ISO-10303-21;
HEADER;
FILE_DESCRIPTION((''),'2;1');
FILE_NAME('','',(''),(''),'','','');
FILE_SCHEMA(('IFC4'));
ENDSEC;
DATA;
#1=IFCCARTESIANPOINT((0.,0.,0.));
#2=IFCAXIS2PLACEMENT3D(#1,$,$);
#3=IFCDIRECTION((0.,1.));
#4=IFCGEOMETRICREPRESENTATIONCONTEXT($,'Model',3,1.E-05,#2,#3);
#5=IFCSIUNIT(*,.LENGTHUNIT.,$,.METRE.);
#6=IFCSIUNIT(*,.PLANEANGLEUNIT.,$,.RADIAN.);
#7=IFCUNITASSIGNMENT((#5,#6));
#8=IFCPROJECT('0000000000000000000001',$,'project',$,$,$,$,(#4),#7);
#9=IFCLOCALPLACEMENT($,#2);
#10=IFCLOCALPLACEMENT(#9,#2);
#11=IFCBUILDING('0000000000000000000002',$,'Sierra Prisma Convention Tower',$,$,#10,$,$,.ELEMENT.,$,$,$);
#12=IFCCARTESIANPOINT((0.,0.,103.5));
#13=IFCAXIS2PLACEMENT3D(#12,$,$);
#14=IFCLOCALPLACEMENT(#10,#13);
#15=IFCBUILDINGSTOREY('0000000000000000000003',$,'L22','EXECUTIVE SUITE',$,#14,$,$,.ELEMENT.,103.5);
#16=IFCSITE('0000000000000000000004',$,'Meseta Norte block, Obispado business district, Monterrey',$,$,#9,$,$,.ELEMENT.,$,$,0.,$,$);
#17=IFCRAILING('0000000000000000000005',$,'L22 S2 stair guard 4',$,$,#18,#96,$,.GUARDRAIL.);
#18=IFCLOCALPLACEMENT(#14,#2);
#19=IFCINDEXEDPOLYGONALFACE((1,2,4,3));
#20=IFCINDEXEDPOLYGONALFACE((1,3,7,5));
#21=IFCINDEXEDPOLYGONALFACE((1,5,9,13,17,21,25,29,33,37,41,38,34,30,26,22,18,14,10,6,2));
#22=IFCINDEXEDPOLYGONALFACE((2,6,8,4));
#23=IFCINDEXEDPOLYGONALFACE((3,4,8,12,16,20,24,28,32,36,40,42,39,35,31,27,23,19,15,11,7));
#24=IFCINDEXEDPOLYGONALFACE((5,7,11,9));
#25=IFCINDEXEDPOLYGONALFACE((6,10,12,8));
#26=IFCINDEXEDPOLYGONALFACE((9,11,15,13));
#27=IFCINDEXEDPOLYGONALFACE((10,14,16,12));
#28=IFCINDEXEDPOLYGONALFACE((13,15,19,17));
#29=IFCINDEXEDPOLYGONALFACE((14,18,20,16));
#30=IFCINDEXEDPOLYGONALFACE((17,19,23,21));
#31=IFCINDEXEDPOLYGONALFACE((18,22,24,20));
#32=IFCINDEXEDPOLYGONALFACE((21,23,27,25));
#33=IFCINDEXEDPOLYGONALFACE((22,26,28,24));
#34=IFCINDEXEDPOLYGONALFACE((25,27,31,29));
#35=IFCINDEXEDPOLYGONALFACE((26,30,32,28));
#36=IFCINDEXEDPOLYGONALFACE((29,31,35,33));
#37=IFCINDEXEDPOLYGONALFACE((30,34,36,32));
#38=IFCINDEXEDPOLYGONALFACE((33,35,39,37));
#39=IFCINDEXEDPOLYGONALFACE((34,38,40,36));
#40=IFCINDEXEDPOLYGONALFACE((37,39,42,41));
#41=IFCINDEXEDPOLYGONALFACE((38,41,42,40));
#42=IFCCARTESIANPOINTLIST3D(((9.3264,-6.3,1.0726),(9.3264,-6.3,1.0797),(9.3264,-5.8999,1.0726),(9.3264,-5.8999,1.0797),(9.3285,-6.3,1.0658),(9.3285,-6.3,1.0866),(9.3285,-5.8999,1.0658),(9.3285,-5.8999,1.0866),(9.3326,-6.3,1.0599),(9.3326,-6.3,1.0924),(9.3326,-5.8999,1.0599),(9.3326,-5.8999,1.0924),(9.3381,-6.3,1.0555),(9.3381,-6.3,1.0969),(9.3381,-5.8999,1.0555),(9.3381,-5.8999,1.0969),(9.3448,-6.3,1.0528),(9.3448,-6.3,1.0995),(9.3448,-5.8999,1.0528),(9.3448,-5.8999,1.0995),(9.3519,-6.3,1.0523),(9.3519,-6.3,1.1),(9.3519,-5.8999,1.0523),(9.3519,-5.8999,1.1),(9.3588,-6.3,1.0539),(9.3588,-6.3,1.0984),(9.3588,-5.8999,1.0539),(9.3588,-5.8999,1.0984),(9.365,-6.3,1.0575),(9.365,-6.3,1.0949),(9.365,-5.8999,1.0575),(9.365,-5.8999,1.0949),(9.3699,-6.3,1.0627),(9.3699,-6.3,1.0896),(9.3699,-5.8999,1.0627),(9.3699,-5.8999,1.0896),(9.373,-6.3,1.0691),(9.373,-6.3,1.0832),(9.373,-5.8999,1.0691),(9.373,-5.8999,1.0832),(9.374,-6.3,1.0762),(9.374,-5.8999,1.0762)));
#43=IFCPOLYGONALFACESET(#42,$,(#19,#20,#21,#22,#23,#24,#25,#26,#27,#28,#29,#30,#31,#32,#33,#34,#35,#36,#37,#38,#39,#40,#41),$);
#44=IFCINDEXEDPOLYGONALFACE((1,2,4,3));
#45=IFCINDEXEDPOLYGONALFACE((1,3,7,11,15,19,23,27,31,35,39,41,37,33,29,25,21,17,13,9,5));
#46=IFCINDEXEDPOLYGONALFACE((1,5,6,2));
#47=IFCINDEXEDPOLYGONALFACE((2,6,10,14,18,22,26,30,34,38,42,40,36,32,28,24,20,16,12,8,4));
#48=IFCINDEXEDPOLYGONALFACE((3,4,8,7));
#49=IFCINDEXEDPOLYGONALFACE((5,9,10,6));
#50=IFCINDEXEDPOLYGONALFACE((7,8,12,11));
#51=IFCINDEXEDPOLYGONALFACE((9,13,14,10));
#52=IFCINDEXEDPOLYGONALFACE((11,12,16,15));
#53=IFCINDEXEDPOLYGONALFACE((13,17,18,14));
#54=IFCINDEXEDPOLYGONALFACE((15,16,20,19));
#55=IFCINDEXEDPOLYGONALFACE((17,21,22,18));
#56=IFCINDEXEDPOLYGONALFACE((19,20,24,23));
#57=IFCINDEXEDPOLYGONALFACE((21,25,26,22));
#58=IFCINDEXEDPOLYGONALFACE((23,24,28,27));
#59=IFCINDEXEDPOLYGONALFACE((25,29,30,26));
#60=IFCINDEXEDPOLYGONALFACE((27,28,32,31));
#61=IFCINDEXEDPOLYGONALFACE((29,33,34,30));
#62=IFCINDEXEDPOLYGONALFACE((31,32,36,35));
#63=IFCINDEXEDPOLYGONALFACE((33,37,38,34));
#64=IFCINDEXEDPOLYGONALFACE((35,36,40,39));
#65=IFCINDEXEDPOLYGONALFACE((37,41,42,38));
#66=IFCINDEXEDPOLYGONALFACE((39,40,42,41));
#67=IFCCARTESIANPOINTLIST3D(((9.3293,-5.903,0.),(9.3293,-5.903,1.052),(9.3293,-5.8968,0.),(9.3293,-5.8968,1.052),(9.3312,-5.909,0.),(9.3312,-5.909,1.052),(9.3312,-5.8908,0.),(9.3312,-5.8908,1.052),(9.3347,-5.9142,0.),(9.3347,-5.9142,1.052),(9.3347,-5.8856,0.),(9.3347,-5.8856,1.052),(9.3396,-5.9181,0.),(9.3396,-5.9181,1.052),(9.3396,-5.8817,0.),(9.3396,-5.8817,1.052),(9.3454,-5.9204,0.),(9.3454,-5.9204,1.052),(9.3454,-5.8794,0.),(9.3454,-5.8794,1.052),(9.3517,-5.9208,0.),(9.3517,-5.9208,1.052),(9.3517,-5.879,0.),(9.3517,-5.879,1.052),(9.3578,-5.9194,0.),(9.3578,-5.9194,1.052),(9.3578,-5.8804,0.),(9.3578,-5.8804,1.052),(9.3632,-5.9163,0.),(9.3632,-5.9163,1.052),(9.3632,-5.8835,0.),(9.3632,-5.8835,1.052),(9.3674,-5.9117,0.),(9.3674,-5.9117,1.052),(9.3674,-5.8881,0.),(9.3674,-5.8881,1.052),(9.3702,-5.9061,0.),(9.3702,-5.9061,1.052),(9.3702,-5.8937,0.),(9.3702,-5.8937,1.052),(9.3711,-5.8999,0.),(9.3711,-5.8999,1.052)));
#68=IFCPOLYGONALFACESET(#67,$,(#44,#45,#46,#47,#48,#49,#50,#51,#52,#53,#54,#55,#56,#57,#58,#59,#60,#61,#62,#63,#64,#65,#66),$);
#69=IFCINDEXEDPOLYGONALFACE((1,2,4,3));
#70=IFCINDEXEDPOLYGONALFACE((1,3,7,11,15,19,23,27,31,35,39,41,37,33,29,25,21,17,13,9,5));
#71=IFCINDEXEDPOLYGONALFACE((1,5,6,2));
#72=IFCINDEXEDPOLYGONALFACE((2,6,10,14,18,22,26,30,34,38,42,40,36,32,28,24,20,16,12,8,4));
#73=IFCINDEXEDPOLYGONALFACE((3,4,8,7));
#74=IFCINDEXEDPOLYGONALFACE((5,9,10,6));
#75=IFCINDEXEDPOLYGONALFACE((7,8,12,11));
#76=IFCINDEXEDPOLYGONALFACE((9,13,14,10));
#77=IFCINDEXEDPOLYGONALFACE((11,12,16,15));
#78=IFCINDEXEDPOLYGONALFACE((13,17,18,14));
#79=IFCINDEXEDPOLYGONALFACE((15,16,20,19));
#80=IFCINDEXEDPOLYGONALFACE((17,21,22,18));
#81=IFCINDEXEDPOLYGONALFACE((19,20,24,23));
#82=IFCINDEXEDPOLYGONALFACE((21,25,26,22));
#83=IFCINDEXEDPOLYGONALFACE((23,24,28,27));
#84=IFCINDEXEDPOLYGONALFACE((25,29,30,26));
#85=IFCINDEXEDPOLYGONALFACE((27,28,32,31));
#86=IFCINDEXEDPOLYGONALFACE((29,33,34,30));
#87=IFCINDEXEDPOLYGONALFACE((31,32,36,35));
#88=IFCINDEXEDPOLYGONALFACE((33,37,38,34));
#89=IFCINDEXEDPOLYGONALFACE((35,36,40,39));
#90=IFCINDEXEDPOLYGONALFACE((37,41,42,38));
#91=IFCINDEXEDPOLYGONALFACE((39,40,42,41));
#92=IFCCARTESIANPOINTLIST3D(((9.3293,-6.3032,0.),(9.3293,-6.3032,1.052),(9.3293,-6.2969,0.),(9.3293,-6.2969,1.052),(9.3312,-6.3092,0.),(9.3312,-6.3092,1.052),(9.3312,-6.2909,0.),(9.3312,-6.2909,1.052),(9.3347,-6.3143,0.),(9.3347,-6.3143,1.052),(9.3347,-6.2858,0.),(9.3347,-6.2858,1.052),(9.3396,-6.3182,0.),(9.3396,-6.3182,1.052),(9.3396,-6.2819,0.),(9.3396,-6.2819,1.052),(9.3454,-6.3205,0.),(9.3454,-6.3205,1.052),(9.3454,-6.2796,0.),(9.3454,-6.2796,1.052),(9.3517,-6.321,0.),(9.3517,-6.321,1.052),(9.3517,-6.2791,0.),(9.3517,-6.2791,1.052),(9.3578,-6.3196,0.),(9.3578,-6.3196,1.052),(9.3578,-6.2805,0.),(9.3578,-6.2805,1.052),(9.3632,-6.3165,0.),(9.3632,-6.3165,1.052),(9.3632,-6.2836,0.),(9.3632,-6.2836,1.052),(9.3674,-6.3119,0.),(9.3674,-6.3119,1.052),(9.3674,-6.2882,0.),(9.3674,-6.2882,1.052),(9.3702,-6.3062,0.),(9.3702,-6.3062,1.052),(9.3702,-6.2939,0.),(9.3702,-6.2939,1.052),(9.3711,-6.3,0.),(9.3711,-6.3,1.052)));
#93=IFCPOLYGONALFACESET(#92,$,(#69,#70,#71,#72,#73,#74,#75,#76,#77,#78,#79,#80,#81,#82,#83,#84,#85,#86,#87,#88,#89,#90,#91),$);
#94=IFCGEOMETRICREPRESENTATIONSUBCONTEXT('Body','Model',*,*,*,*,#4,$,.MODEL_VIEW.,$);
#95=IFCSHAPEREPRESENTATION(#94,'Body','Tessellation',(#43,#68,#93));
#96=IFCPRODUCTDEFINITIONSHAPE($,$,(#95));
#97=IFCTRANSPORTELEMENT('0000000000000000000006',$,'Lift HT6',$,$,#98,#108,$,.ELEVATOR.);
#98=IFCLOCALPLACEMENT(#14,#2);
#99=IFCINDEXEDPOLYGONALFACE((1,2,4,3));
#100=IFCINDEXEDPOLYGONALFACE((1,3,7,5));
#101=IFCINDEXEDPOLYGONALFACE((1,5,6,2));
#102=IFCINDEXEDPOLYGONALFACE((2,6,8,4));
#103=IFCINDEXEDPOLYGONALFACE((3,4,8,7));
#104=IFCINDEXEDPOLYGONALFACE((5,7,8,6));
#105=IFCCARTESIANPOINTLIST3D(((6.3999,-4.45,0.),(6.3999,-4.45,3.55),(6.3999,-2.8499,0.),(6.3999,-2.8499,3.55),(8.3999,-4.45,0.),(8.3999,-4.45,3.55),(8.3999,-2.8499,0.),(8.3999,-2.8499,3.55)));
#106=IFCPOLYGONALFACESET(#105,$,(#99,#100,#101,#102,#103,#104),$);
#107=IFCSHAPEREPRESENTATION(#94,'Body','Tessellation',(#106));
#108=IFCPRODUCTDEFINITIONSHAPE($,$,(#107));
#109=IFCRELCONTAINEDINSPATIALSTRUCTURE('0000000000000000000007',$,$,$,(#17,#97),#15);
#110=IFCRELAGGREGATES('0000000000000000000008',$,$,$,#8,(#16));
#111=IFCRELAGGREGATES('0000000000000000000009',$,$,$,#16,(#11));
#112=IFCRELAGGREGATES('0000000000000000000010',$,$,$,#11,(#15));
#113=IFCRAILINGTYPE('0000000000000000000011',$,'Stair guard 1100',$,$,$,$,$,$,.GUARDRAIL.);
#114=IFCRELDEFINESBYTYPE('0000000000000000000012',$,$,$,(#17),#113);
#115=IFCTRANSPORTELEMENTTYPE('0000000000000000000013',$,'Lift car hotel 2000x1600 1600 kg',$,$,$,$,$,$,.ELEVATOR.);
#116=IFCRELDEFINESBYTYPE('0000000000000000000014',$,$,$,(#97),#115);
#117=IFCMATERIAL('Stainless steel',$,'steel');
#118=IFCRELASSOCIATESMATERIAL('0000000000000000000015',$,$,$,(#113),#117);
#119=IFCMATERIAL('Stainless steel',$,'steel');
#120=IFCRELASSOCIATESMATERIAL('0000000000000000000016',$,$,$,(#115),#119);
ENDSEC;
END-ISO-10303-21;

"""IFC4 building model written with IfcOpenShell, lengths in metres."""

from ifc_helpers import new_model, si_unit, direction, frame, origin, origin_2d, place, context, subcontext, project, spatial, rectangle, circle, extrude, material, type_object, element, save


model = new_model("IFC4")

# Units and contexts
model_context = context("Model", 3, precision=1e-05, world=origin(), true_north=direction((0.0, 1.0)))
body_context = subcontext(model_context, "Body", "Model", "MODEL_VIEW")
ifc_project = project(units=[si_unit("LENGTHUNIT", "METRE"), si_unit("PLANEANGLEUNIT", "RADIAN")], contexts=[model_context])

# Site, building, storey
site_placement = place(None, origin())
site = spatial("IfcSite", under=ifc_project, at=site_placement, Name="Meseta Norte block, Obispado business district, Monterrey", CompositionType="ELEMENT", RefElevation=0.0)
building_placement = place(site_placement, origin())
building = spatial("IfcBuilding", under=site, at=building_placement, Name="Sierra Prisma Convention Tower", CompositionType="ELEMENT")
storey_placement = place(building_placement, frame((0.0, 0.0, 103.5)))
storey = spatial("IfcBuildingStorey", under=building, at=storey_placement, Name="L22", Description="EXECUTIVE SUITE", CompositionType="ELEMENT", Elevation=103.5)

# Railing
ifc_material_1 = material(Name="Stainless steel", Category="steel")
railing_type_1 = type_object("IfcRailingType", Name="Stair guard 1100", PredefinedType="GUARDRAIL", material=ifc_material_1)
railing_1_placement = place(storey_placement, frame((9.3501, -5.8999, 0.0)))
element("IfcRailing", 1, at=railing_1_placement, inside=storey, type_object=railing_type_1, Name="L22 S2 stair guard 4", PredefinedType="GUARDRAIL", context=body_context, shape_type="SweptSolid", body=[
    extrude(circle(Radius=0.0239, at=origin_2d()), frame((0.0, 0.0, 1.0762), z_axis=(0.0, -1.0, 0.0), x_axis=(1.0, 0.0, 0.0)), (0.0, 0.0, 1.0), 0.4001),
    extrude(circle(Radius=0.021, at=origin_2d()), origin(), (0.0, 0.0, 1.0), 1.052),
    extrude(circle(Radius=0.021, at=origin_2d()), frame((0.0, -0.4001, 0.0)), (0.0, 0.0, 1.0), 1.052),
])

# Transport element
ifc_material_2 = material(Name="Stainless steel", Category="steel")
transport_element_type = type_object("IfcTransportElementType", Name="Lift car hotel 2000x1600 1600 kg", PredefinedType="ELEVATOR", material=ifc_material_2)
transport_element_placement = place(storey_placement, frame((7.3999, -3.6499, 0.0), z_axis=(0.0, 0.0, 1.0), x_axis=(1.0, 0.0, 0.0)))
element("IfcTransportElement", 2, at=transport_element_placement, inside=storey, type_object=transport_element_type, Name="Lift HT6", PredefinedType="ELEVATOR", context=body_context, shape_type="SweptSolid", body=[
    extrude(rectangle(XDim=2.0, YDim=1.6001, at=origin_2d()), origin(), (0.0, 0.0, 1.0), 3.55),
])

save(model, "model.ifc")
